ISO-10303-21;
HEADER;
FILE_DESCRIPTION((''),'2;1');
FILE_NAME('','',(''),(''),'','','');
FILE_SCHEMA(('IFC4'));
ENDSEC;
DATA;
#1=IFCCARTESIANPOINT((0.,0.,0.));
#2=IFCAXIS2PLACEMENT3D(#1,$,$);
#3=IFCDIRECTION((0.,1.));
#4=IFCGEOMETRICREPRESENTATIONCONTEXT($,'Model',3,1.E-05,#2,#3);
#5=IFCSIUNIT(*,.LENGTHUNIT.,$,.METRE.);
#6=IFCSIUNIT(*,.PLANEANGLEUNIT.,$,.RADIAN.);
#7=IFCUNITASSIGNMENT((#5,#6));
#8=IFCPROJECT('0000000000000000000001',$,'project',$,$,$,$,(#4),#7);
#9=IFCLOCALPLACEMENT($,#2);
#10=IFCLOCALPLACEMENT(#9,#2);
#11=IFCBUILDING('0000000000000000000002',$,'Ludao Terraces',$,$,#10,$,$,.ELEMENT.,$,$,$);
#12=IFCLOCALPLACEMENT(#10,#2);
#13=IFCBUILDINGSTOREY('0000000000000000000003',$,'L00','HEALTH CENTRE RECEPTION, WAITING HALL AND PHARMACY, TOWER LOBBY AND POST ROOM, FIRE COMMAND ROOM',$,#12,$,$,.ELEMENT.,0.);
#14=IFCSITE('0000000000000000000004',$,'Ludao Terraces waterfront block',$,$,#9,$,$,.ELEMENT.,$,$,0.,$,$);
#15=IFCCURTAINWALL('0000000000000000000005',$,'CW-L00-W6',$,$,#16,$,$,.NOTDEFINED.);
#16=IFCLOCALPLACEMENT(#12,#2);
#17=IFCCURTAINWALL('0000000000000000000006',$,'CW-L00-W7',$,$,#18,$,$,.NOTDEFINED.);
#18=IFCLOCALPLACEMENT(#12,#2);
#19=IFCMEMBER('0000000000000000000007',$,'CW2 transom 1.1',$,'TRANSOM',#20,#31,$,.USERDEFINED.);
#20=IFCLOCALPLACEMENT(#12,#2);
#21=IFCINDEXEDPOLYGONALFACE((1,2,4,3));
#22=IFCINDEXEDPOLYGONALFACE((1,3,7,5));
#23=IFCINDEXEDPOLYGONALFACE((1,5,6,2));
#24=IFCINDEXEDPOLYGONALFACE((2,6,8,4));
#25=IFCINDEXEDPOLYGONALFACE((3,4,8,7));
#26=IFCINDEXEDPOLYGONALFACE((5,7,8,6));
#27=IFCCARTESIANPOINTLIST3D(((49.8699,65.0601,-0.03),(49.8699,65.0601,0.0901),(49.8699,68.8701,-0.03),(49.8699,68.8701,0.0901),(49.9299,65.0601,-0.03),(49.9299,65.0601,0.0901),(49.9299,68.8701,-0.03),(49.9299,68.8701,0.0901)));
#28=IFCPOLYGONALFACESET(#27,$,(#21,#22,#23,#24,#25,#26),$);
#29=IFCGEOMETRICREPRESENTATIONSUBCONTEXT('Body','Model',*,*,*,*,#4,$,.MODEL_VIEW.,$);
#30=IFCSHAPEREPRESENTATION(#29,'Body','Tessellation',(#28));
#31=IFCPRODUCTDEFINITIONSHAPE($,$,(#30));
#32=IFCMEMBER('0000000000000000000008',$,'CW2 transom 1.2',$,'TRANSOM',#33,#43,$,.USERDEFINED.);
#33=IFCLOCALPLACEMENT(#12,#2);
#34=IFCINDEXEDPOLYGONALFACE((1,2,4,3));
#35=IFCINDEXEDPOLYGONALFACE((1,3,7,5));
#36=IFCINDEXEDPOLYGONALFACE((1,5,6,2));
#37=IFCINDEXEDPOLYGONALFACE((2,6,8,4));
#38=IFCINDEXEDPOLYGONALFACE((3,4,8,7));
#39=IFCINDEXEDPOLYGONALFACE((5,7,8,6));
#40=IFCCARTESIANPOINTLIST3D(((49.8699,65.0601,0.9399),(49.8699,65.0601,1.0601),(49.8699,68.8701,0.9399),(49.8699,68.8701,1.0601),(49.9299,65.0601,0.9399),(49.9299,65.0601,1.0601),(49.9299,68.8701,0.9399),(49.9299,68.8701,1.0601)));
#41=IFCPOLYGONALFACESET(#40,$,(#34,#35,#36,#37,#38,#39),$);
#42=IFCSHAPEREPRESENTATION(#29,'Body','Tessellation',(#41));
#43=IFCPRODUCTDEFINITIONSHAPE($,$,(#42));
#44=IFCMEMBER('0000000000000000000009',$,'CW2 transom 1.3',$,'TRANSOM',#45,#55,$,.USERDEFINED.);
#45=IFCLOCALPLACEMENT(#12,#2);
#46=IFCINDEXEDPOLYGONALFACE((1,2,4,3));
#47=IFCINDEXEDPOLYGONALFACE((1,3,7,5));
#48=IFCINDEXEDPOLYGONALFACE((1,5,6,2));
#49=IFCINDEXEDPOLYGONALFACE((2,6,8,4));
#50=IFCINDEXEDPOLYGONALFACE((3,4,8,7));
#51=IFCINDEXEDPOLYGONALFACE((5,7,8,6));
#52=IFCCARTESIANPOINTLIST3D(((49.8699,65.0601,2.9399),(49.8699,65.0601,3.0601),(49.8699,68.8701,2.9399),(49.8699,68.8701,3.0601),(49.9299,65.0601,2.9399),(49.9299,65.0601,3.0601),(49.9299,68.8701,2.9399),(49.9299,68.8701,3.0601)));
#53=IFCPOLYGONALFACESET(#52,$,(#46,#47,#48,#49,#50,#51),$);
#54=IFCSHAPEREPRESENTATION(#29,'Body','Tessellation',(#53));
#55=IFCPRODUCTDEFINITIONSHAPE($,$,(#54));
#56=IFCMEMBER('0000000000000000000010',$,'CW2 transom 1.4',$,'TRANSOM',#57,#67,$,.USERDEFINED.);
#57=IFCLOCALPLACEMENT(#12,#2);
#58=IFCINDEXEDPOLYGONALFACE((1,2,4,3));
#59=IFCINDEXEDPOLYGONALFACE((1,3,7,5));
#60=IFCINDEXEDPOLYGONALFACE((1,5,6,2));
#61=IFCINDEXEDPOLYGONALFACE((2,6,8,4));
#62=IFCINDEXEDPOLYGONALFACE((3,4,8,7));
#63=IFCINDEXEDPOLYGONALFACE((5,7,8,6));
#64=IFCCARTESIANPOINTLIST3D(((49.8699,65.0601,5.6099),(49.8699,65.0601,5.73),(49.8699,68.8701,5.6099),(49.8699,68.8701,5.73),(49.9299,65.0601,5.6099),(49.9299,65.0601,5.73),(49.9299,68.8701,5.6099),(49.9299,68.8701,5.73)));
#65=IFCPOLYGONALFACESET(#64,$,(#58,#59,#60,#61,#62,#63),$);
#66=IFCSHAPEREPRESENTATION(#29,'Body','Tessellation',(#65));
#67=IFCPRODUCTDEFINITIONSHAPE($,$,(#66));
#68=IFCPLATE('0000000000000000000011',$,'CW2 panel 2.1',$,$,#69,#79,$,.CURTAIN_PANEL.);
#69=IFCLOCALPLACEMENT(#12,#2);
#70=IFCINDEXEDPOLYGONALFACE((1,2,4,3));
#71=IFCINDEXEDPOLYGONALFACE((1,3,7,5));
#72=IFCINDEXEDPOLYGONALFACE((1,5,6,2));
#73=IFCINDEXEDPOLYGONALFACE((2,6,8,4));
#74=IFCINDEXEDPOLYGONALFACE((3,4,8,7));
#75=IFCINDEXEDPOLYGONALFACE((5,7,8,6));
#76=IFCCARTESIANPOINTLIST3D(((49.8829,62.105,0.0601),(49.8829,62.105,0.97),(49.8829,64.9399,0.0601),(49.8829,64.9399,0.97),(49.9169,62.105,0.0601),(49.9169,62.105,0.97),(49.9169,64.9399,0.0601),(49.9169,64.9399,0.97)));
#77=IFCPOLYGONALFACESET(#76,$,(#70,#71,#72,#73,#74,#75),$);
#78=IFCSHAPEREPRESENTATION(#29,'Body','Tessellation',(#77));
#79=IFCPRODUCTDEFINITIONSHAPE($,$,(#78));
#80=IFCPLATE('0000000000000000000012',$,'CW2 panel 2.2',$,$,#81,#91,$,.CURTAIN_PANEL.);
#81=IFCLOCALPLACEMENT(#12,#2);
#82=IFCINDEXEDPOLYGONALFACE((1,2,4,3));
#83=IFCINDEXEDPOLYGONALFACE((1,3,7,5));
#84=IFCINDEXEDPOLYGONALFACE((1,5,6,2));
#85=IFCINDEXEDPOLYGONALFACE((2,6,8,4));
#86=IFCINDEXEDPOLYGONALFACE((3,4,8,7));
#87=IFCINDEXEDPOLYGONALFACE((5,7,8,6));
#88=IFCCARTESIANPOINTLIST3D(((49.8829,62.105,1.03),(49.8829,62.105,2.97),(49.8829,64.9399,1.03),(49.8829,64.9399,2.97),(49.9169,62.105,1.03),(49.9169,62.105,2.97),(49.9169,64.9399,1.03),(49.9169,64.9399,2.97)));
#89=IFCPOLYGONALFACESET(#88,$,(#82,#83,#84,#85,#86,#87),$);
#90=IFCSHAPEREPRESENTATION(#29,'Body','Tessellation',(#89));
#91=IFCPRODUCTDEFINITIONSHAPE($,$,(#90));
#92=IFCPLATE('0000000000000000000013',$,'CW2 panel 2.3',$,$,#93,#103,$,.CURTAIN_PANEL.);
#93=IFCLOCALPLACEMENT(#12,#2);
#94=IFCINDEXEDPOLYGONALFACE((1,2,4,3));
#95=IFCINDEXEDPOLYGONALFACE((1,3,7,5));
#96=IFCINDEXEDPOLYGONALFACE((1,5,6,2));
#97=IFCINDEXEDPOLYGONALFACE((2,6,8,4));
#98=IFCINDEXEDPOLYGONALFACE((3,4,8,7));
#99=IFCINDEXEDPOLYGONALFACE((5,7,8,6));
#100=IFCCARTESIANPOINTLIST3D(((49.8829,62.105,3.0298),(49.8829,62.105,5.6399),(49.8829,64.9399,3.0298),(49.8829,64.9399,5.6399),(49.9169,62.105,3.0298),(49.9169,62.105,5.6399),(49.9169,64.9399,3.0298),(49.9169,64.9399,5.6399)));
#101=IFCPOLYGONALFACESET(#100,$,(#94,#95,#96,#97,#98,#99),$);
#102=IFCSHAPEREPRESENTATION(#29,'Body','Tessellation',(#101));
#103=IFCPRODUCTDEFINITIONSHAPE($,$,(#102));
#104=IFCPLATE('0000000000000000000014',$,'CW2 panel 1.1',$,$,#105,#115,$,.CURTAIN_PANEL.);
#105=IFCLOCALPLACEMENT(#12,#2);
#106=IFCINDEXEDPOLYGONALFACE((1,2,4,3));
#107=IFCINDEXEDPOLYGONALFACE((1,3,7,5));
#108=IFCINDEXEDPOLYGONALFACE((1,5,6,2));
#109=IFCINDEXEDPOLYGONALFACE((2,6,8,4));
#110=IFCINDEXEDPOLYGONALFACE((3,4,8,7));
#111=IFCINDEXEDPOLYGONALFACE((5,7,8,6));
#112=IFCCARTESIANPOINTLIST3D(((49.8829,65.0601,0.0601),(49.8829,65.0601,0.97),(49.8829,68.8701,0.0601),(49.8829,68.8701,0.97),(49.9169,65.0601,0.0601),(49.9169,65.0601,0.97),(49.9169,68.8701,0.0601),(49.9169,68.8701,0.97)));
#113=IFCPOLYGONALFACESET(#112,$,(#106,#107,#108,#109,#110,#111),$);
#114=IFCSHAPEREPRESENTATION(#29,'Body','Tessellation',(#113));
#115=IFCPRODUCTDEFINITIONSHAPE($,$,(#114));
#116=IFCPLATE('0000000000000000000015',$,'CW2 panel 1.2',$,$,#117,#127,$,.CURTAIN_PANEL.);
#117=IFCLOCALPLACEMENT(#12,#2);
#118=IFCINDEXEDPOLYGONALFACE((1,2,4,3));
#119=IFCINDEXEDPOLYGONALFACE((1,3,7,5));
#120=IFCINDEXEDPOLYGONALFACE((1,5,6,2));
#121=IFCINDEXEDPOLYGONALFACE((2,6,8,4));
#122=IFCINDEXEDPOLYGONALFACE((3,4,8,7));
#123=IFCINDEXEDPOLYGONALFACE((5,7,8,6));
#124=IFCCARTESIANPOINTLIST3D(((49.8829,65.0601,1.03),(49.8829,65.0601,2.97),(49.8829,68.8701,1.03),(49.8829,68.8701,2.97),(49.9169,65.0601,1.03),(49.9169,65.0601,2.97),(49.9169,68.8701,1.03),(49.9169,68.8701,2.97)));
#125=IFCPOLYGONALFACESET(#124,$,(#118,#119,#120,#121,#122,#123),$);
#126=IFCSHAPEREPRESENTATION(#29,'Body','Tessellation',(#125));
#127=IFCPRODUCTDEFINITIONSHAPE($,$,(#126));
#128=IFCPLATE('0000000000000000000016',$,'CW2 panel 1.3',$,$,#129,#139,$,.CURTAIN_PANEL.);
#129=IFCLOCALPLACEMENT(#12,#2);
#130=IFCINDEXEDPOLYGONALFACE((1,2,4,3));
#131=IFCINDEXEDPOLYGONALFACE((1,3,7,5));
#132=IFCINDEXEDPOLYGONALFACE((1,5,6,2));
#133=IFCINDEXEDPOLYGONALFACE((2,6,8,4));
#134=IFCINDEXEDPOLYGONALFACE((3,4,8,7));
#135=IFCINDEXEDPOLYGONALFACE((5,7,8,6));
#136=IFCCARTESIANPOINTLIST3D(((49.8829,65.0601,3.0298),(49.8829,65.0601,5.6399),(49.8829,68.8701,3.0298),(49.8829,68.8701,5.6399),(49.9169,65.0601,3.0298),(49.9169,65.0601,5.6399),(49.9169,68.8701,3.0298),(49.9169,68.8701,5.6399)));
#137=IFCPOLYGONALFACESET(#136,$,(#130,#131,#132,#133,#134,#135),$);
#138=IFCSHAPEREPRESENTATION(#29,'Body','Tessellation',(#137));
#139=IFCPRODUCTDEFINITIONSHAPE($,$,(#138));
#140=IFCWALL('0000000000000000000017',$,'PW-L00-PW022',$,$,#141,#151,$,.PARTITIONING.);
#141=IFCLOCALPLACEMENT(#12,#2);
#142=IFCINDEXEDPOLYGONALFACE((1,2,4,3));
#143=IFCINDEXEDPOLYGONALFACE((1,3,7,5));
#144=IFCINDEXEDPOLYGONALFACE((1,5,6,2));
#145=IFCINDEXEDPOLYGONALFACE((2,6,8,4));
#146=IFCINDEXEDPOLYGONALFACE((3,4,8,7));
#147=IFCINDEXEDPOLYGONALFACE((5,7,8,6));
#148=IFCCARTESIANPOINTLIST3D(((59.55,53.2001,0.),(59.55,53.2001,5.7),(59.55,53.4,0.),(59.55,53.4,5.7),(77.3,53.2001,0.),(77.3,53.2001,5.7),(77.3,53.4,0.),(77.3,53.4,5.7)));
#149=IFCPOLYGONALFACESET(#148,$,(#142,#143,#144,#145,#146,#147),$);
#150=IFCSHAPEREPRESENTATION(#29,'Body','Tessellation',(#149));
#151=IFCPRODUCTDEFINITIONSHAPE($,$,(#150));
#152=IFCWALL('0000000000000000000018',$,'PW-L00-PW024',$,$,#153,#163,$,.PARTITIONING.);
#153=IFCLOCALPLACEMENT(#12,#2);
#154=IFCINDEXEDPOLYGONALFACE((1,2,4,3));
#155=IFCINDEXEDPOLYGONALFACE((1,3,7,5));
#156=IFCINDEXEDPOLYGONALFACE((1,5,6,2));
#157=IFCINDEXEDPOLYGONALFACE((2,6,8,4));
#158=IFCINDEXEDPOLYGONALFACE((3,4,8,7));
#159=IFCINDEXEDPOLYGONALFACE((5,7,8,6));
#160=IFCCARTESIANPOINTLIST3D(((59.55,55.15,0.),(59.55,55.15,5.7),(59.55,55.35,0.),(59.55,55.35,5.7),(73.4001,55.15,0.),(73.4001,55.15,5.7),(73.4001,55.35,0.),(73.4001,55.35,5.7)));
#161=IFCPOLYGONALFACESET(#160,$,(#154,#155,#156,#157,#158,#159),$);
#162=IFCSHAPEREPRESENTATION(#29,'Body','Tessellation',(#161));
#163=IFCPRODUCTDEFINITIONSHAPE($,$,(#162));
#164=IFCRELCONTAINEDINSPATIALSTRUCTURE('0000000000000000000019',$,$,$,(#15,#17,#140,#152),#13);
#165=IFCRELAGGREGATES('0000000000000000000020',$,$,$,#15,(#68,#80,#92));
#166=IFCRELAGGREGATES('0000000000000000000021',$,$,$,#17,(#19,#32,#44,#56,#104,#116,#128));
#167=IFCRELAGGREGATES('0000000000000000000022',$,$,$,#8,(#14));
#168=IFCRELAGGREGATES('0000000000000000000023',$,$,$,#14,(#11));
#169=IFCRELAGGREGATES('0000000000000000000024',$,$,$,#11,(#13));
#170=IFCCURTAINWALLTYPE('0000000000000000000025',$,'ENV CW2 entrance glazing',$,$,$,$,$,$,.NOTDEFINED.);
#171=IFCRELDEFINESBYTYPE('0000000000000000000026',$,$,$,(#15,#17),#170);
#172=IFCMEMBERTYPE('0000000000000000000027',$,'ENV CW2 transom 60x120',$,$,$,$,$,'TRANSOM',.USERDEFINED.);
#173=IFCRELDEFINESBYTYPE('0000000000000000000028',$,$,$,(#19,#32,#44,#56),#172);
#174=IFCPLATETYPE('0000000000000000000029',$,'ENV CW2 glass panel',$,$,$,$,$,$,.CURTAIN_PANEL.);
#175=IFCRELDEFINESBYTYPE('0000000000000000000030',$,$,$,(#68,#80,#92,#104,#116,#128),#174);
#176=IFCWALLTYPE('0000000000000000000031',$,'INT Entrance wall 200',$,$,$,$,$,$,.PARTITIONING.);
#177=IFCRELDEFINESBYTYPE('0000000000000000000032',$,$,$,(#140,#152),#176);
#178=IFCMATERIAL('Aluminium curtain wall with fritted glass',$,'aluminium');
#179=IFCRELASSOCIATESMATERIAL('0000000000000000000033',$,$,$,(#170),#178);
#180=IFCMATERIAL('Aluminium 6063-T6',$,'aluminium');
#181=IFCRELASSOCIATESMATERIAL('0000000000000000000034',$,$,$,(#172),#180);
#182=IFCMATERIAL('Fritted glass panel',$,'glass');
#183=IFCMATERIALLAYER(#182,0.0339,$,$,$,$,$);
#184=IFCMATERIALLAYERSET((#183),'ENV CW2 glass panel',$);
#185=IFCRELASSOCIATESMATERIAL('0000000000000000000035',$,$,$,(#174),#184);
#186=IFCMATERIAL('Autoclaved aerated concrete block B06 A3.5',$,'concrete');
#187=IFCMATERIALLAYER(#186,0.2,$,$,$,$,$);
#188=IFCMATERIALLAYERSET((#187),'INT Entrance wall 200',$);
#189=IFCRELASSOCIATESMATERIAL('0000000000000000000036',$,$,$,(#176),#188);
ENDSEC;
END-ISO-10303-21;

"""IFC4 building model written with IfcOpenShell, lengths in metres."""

from ifc_helpers import new_model, si_unit, direction, frame, frame_2d, origin, origin_2d, place, context, subcontext, project, spatial, rectangle, extrude, material, layer, layer_set, material_profile, profile_set, type_object, element, aggregate, save


model = new_model("IFC4")

# Units and contexts
model_context = context("Model", 3, precision=1e-05, world=origin(), true_north=direction((0.0, 1.0)))
body_context = subcontext(model_context, "Body", "Model", "MODEL_VIEW")
ifc_project = project(units=[si_unit("LENGTHUNIT", "METRE"), si_unit("PLANEANGLEUNIT", "RADIAN")], contexts=[model_context])

# Site, building, storey
site_placement = place(None, origin())
site = spatial("IfcSite", under=ifc_project, at=site_placement, Name="Ludao Terraces waterfront block", CompositionType="ELEMENT", RefElevation=0.0)
building_placement = place(site_placement, origin())
building = spatial("IfcBuilding", under=site, at=building_placement, Name="Ludao Terraces", CompositionType="ELEMENT")
storey_placement = place(building_placement, origin())
storey = spatial("IfcBuildingStorey", under=building, at=storey_placement, Name="L00", Description="HEALTH CENTRE RECEPTION, WAITING HALL AND PHARMACY, TOWER LOBBY AND POST ROOM, FIRE COMMAND ROOM", CompositionType="ELEMENT", Elevation=0.0)

# Curtain wall
ifc_material_1 = material(Name="Aluminium curtain wall with fritted glass", Category="aluminium")
curtain_wall_type = type_object("IfcCurtainWallType", Name="ENV CW2 entrance glazing", PredefinedType="NOTDEFINED", material=ifc_material_1)
curtain_wall_1_placement = place(storey_placement, origin())
curtain_wall_1 = element("IfcCurtainWall", 1, at=curtain_wall_1_placement, inside=storey, type_object=curtain_wall_type, Name="CW-L00-W6", PredefinedType="NOTDEFINED")
ifc_material_2 = material(Name="Aluminium 6063-T6", Category="aluminium")

# Curtain wall
curtain_wall_2_placement = place(storey_placement, origin())
curtain_wall_2 = element("IfcCurtainWall", 2, at=curtain_wall_2_placement, inside=storey, type_object=curtain_wall_type, Name="CW-L00-W7", PredefinedType="NOTDEFINED")

# Members
ifc_material_profile_1 = material_profile(ifc_material_2, rectangle(XDim=0.0601, YDim=0.1201, at=origin_2d()), Name="60 X 120")
ifc_profile_set_1 = profile_set([ifc_material_profile_1], Name="Aluminium 6063-T6")
member_type_1 = type_object("IfcMemberType", Name="ENV CW2 transom 60x120", ElementType="TRANSOM", PredefinedType="USERDEFINED", material=ifc_profile_set_1)
member_1_placement = place(storey_placement, frame((49.8999, 65.0601, 0.03), z_axis=(0.0, 1.0, 0.0), x_axis=(-1.0, 0.0, 0.0)))
member_1 = element("IfcMember", 3, at=member_1_placement, type_object=member_type_1, Name="CW2 transom 1.1", ObjectType="TRANSOM", PredefinedType="USERDEFINED", context=body_context, shape_type="SweptSolid", body=[
    extrude(rectangle(XDim=0.0601, YDim=0.1201, at=origin_2d()), origin(), (0.0, 0.0, 1.0), 3.8101),
])
member_2_placement = place(storey_placement, frame((49.8999, 65.0601, 1.0), z_axis=(0.0, 1.0, 0.0), x_axis=(-1.0, 0.0, 0.0)))
member_2 = element("IfcMember", 4, at=member_2_placement, type_object=member_type_1, Name="CW2 transom 1.2", ObjectType="TRANSOM", PredefinedType="USERDEFINED", context=body_context, shape_type="SweptSolid", body=[
    extrude(rectangle(XDim=0.0601, YDim=0.1201, at=origin_2d()), origin(), (0.0, 0.0, 1.0), 3.8101),
])
member_3_placement = place(storey_placement, frame((49.8999, 65.0601, 3.0), z_axis=(0.0, 1.0, 0.0), x_axis=(-1.0, 0.0, 0.0)))
member_3 = element("IfcMember", 5, at=member_3_placement, type_object=member_type_1, Name="CW2 transom 1.3", ObjectType="TRANSOM", PredefinedType="USERDEFINED", context=body_context, shape_type="SweptSolid", body=[
    extrude(rectangle(XDim=0.0601, YDim=0.1201, at=origin_2d()), origin(), (0.0, 0.0, 1.0), 3.8101),
])
member_4_placement = place(storey_placement, frame((49.8999, 65.0601, 5.6699), z_axis=(0.0, 1.0, 0.0), x_axis=(-1.0, 0.0, 0.0)))
member_4 = element("IfcMember", 6, at=member_4_placement, type_object=member_type_1, Name="CW2 transom 1.4", ObjectType="TRANSOM", PredefinedType="USERDEFINED", context=body_context, shape_type="SweptSolid", body=[
    extrude(rectangle(XDim=0.0601, YDim=0.1201, at=origin_2d()), origin(), (0.0, 0.0, 1.0), 3.8101),
])

# Plates
ifc_material_3 = material(Name="Fritted glass panel", Category="glass")
ifc_layer_1 = layer(ifc_material_3, 0.0339)
ifc_layer_set_1 = layer_set([ifc_layer_1], Name="ENV CW2 glass panel")
plate_type = type_object("IfcPlateType", Name="ENV CW2 glass panel", PredefinedType="CURTAIN_PANEL", material=ifc_layer_set_1)
plate_1_placement = place(storey_placement, frame((49.8999, 63.5225, 0.0601), z_axis=(0.0, 0.0, 1.0), x_axis=(0.0, 1.0, 0.0)))
plate_1 = element("IfcPlate", 7, at=plate_1_placement, type_object=plate_type, Name="CW2 panel 2.1", PredefinedType="CURTAIN_PANEL", context=body_context, shape_type="SweptSolid", body=[
    extrude(rectangle(XDim=2.835, YDim=0.0339, at=origin_2d()), origin(), (0.0, 0.0, 1.0), 0.9099),
])
plate_2_placement = place(storey_placement, frame((49.8999, 63.5225, 1.03), z_axis=(0.0, 0.0, 1.0), x_axis=(0.0, 1.0, 0.0)))
plate_2 = element("IfcPlate", 8, at=plate_2_placement, type_object=plate_type, Name="CW2 panel 2.2", PredefinedType="CURTAIN_PANEL", context=body_context, shape_type="SweptSolid", body=[
    extrude(rectangle(XDim=2.835, YDim=0.0339, at=origin_2d()), origin(), (0.0, 0.0, 1.0), 1.9399),
])
plate_3_placement = place(storey_placement, frame((49.8999, 63.5225, 3.0298), z_axis=(0.0, 0.0, 1.0), x_axis=(0.0, 1.0, 0.0)))
plate_3 = element("IfcPlate", 9, at=plate_3_placement, type_object=plate_type, Name="CW2 panel 2.3", PredefinedType="CURTAIN_PANEL", context=body_context, shape_type="SweptSolid", body=[
    extrude(rectangle(XDim=2.835, YDim=0.0339, at=origin_2d()), origin(), (0.0, 0.0, 1.0), 2.6101),
])
aggregate(curtain_wall_1, [plate_1, plate_2, plate_3])
plate_4_placement = place(storey_placement, frame((49.8999, 66.9651, 0.0601), z_axis=(0.0, 0.0, 1.0), x_axis=(0.0, 1.0, 0.0)))
plate_4 = element("IfcPlate", 10, at=plate_4_placement, type_object=plate_type, Name="CW2 panel 1.1", PredefinedType="CURTAIN_PANEL", context=body_context, shape_type="SweptSolid", body=[
    extrude(rectangle(XDim=3.8101, YDim=0.0339, at=origin_2d()), origin(), (0.0, 0.0, 1.0), 0.9099),
])
plate_5_placement = place(storey_placement, frame((49.8999, 66.9651, 1.03), z_axis=(0.0, 0.0, 1.0), x_axis=(0.0, 1.0, 0.0)))
plate_5 = element("IfcPlate", 11, at=plate_5_placement, type_object=plate_type, Name="CW2 panel 1.2", PredefinedType="CURTAIN_PANEL", context=body_context, shape_type="SweptSolid", body=[
    extrude(rectangle(XDim=3.8101, YDim=0.0339, at=origin_2d()), origin(), (0.0, 0.0, 1.0), 1.9399),
])
plate_6_placement = place(storey_placement, frame((49.8999, 66.9651, 3.0298), z_axis=(0.0, 0.0, 1.0), x_axis=(0.0, 1.0, 0.0)))
plate_6 = element("IfcPlate", 12, at=plate_6_placement, type_object=plate_type, Name="CW2 panel 1.3", PredefinedType="CURTAIN_PANEL", context=body_context, shape_type="SweptSolid", body=[
    extrude(rectangle(XDim=3.8101, YDim=0.0339, at=origin_2d()), origin(), (0.0, 0.0, 1.0), 2.6101),
])
aggregate(curtain_wall_2, [member_1, member_2, member_3, member_4, plate_4, plate_5, plate_6])

# Walls
ifc_material_4 = material(Name="Autoclaved aerated concrete block B06 A3.5", Category="concrete")
ifc_layer_2 = layer(ifc_material_4, 0.2)
ifc_layer_set_2 = layer_set([ifc_layer_2], Name="INT Entrance wall 200")
wall_type_1 = type_object("IfcWallType", Name="INT Entrance wall 200", PredefinedType="PARTITIONING", material=ifc_layer_set_2)
wall_1_placement = place(storey_placement, frame((59.55, 53.3, 0.0), z_axis=(0.0, 0.0, 1.0), x_axis=(1.0, 0.0, 0.0)))
element("IfcWall", 13, at=wall_1_placement, inside=storey, type_object=wall_type_1, Name="PW-L00-PW022", PredefinedType="PARTITIONING", context=body_context, shape_type="SweptSolid", body=[
    extrude(rectangle(XDim=17.75, YDim=0.2, at=frame_2d((8.875, 0.0))), origin(), (0.0, 0.0, 1.0), 5.7),
])
wall_2_placement = place(storey_placement, frame((59.55, 55.25, 0.0), z_axis=(0.0, 0.0, 1.0), x_axis=(1.0, 0.0, 0.0)))
element("IfcWall", 14, at=wall_2_placement, inside=storey, type_object=wall_type_1, Name="PW-L00-PW024", PredefinedType="PARTITIONING", context=body_context, shape_type="SweptSolid", body=[
    extrude(rectangle(XDim=13.8501, YDim=0.2, at=frame_2d((6.925, 0.0))), origin(), (0.0, 0.0, 1.0), 5.7),
])

save(model, "model.ifc")
